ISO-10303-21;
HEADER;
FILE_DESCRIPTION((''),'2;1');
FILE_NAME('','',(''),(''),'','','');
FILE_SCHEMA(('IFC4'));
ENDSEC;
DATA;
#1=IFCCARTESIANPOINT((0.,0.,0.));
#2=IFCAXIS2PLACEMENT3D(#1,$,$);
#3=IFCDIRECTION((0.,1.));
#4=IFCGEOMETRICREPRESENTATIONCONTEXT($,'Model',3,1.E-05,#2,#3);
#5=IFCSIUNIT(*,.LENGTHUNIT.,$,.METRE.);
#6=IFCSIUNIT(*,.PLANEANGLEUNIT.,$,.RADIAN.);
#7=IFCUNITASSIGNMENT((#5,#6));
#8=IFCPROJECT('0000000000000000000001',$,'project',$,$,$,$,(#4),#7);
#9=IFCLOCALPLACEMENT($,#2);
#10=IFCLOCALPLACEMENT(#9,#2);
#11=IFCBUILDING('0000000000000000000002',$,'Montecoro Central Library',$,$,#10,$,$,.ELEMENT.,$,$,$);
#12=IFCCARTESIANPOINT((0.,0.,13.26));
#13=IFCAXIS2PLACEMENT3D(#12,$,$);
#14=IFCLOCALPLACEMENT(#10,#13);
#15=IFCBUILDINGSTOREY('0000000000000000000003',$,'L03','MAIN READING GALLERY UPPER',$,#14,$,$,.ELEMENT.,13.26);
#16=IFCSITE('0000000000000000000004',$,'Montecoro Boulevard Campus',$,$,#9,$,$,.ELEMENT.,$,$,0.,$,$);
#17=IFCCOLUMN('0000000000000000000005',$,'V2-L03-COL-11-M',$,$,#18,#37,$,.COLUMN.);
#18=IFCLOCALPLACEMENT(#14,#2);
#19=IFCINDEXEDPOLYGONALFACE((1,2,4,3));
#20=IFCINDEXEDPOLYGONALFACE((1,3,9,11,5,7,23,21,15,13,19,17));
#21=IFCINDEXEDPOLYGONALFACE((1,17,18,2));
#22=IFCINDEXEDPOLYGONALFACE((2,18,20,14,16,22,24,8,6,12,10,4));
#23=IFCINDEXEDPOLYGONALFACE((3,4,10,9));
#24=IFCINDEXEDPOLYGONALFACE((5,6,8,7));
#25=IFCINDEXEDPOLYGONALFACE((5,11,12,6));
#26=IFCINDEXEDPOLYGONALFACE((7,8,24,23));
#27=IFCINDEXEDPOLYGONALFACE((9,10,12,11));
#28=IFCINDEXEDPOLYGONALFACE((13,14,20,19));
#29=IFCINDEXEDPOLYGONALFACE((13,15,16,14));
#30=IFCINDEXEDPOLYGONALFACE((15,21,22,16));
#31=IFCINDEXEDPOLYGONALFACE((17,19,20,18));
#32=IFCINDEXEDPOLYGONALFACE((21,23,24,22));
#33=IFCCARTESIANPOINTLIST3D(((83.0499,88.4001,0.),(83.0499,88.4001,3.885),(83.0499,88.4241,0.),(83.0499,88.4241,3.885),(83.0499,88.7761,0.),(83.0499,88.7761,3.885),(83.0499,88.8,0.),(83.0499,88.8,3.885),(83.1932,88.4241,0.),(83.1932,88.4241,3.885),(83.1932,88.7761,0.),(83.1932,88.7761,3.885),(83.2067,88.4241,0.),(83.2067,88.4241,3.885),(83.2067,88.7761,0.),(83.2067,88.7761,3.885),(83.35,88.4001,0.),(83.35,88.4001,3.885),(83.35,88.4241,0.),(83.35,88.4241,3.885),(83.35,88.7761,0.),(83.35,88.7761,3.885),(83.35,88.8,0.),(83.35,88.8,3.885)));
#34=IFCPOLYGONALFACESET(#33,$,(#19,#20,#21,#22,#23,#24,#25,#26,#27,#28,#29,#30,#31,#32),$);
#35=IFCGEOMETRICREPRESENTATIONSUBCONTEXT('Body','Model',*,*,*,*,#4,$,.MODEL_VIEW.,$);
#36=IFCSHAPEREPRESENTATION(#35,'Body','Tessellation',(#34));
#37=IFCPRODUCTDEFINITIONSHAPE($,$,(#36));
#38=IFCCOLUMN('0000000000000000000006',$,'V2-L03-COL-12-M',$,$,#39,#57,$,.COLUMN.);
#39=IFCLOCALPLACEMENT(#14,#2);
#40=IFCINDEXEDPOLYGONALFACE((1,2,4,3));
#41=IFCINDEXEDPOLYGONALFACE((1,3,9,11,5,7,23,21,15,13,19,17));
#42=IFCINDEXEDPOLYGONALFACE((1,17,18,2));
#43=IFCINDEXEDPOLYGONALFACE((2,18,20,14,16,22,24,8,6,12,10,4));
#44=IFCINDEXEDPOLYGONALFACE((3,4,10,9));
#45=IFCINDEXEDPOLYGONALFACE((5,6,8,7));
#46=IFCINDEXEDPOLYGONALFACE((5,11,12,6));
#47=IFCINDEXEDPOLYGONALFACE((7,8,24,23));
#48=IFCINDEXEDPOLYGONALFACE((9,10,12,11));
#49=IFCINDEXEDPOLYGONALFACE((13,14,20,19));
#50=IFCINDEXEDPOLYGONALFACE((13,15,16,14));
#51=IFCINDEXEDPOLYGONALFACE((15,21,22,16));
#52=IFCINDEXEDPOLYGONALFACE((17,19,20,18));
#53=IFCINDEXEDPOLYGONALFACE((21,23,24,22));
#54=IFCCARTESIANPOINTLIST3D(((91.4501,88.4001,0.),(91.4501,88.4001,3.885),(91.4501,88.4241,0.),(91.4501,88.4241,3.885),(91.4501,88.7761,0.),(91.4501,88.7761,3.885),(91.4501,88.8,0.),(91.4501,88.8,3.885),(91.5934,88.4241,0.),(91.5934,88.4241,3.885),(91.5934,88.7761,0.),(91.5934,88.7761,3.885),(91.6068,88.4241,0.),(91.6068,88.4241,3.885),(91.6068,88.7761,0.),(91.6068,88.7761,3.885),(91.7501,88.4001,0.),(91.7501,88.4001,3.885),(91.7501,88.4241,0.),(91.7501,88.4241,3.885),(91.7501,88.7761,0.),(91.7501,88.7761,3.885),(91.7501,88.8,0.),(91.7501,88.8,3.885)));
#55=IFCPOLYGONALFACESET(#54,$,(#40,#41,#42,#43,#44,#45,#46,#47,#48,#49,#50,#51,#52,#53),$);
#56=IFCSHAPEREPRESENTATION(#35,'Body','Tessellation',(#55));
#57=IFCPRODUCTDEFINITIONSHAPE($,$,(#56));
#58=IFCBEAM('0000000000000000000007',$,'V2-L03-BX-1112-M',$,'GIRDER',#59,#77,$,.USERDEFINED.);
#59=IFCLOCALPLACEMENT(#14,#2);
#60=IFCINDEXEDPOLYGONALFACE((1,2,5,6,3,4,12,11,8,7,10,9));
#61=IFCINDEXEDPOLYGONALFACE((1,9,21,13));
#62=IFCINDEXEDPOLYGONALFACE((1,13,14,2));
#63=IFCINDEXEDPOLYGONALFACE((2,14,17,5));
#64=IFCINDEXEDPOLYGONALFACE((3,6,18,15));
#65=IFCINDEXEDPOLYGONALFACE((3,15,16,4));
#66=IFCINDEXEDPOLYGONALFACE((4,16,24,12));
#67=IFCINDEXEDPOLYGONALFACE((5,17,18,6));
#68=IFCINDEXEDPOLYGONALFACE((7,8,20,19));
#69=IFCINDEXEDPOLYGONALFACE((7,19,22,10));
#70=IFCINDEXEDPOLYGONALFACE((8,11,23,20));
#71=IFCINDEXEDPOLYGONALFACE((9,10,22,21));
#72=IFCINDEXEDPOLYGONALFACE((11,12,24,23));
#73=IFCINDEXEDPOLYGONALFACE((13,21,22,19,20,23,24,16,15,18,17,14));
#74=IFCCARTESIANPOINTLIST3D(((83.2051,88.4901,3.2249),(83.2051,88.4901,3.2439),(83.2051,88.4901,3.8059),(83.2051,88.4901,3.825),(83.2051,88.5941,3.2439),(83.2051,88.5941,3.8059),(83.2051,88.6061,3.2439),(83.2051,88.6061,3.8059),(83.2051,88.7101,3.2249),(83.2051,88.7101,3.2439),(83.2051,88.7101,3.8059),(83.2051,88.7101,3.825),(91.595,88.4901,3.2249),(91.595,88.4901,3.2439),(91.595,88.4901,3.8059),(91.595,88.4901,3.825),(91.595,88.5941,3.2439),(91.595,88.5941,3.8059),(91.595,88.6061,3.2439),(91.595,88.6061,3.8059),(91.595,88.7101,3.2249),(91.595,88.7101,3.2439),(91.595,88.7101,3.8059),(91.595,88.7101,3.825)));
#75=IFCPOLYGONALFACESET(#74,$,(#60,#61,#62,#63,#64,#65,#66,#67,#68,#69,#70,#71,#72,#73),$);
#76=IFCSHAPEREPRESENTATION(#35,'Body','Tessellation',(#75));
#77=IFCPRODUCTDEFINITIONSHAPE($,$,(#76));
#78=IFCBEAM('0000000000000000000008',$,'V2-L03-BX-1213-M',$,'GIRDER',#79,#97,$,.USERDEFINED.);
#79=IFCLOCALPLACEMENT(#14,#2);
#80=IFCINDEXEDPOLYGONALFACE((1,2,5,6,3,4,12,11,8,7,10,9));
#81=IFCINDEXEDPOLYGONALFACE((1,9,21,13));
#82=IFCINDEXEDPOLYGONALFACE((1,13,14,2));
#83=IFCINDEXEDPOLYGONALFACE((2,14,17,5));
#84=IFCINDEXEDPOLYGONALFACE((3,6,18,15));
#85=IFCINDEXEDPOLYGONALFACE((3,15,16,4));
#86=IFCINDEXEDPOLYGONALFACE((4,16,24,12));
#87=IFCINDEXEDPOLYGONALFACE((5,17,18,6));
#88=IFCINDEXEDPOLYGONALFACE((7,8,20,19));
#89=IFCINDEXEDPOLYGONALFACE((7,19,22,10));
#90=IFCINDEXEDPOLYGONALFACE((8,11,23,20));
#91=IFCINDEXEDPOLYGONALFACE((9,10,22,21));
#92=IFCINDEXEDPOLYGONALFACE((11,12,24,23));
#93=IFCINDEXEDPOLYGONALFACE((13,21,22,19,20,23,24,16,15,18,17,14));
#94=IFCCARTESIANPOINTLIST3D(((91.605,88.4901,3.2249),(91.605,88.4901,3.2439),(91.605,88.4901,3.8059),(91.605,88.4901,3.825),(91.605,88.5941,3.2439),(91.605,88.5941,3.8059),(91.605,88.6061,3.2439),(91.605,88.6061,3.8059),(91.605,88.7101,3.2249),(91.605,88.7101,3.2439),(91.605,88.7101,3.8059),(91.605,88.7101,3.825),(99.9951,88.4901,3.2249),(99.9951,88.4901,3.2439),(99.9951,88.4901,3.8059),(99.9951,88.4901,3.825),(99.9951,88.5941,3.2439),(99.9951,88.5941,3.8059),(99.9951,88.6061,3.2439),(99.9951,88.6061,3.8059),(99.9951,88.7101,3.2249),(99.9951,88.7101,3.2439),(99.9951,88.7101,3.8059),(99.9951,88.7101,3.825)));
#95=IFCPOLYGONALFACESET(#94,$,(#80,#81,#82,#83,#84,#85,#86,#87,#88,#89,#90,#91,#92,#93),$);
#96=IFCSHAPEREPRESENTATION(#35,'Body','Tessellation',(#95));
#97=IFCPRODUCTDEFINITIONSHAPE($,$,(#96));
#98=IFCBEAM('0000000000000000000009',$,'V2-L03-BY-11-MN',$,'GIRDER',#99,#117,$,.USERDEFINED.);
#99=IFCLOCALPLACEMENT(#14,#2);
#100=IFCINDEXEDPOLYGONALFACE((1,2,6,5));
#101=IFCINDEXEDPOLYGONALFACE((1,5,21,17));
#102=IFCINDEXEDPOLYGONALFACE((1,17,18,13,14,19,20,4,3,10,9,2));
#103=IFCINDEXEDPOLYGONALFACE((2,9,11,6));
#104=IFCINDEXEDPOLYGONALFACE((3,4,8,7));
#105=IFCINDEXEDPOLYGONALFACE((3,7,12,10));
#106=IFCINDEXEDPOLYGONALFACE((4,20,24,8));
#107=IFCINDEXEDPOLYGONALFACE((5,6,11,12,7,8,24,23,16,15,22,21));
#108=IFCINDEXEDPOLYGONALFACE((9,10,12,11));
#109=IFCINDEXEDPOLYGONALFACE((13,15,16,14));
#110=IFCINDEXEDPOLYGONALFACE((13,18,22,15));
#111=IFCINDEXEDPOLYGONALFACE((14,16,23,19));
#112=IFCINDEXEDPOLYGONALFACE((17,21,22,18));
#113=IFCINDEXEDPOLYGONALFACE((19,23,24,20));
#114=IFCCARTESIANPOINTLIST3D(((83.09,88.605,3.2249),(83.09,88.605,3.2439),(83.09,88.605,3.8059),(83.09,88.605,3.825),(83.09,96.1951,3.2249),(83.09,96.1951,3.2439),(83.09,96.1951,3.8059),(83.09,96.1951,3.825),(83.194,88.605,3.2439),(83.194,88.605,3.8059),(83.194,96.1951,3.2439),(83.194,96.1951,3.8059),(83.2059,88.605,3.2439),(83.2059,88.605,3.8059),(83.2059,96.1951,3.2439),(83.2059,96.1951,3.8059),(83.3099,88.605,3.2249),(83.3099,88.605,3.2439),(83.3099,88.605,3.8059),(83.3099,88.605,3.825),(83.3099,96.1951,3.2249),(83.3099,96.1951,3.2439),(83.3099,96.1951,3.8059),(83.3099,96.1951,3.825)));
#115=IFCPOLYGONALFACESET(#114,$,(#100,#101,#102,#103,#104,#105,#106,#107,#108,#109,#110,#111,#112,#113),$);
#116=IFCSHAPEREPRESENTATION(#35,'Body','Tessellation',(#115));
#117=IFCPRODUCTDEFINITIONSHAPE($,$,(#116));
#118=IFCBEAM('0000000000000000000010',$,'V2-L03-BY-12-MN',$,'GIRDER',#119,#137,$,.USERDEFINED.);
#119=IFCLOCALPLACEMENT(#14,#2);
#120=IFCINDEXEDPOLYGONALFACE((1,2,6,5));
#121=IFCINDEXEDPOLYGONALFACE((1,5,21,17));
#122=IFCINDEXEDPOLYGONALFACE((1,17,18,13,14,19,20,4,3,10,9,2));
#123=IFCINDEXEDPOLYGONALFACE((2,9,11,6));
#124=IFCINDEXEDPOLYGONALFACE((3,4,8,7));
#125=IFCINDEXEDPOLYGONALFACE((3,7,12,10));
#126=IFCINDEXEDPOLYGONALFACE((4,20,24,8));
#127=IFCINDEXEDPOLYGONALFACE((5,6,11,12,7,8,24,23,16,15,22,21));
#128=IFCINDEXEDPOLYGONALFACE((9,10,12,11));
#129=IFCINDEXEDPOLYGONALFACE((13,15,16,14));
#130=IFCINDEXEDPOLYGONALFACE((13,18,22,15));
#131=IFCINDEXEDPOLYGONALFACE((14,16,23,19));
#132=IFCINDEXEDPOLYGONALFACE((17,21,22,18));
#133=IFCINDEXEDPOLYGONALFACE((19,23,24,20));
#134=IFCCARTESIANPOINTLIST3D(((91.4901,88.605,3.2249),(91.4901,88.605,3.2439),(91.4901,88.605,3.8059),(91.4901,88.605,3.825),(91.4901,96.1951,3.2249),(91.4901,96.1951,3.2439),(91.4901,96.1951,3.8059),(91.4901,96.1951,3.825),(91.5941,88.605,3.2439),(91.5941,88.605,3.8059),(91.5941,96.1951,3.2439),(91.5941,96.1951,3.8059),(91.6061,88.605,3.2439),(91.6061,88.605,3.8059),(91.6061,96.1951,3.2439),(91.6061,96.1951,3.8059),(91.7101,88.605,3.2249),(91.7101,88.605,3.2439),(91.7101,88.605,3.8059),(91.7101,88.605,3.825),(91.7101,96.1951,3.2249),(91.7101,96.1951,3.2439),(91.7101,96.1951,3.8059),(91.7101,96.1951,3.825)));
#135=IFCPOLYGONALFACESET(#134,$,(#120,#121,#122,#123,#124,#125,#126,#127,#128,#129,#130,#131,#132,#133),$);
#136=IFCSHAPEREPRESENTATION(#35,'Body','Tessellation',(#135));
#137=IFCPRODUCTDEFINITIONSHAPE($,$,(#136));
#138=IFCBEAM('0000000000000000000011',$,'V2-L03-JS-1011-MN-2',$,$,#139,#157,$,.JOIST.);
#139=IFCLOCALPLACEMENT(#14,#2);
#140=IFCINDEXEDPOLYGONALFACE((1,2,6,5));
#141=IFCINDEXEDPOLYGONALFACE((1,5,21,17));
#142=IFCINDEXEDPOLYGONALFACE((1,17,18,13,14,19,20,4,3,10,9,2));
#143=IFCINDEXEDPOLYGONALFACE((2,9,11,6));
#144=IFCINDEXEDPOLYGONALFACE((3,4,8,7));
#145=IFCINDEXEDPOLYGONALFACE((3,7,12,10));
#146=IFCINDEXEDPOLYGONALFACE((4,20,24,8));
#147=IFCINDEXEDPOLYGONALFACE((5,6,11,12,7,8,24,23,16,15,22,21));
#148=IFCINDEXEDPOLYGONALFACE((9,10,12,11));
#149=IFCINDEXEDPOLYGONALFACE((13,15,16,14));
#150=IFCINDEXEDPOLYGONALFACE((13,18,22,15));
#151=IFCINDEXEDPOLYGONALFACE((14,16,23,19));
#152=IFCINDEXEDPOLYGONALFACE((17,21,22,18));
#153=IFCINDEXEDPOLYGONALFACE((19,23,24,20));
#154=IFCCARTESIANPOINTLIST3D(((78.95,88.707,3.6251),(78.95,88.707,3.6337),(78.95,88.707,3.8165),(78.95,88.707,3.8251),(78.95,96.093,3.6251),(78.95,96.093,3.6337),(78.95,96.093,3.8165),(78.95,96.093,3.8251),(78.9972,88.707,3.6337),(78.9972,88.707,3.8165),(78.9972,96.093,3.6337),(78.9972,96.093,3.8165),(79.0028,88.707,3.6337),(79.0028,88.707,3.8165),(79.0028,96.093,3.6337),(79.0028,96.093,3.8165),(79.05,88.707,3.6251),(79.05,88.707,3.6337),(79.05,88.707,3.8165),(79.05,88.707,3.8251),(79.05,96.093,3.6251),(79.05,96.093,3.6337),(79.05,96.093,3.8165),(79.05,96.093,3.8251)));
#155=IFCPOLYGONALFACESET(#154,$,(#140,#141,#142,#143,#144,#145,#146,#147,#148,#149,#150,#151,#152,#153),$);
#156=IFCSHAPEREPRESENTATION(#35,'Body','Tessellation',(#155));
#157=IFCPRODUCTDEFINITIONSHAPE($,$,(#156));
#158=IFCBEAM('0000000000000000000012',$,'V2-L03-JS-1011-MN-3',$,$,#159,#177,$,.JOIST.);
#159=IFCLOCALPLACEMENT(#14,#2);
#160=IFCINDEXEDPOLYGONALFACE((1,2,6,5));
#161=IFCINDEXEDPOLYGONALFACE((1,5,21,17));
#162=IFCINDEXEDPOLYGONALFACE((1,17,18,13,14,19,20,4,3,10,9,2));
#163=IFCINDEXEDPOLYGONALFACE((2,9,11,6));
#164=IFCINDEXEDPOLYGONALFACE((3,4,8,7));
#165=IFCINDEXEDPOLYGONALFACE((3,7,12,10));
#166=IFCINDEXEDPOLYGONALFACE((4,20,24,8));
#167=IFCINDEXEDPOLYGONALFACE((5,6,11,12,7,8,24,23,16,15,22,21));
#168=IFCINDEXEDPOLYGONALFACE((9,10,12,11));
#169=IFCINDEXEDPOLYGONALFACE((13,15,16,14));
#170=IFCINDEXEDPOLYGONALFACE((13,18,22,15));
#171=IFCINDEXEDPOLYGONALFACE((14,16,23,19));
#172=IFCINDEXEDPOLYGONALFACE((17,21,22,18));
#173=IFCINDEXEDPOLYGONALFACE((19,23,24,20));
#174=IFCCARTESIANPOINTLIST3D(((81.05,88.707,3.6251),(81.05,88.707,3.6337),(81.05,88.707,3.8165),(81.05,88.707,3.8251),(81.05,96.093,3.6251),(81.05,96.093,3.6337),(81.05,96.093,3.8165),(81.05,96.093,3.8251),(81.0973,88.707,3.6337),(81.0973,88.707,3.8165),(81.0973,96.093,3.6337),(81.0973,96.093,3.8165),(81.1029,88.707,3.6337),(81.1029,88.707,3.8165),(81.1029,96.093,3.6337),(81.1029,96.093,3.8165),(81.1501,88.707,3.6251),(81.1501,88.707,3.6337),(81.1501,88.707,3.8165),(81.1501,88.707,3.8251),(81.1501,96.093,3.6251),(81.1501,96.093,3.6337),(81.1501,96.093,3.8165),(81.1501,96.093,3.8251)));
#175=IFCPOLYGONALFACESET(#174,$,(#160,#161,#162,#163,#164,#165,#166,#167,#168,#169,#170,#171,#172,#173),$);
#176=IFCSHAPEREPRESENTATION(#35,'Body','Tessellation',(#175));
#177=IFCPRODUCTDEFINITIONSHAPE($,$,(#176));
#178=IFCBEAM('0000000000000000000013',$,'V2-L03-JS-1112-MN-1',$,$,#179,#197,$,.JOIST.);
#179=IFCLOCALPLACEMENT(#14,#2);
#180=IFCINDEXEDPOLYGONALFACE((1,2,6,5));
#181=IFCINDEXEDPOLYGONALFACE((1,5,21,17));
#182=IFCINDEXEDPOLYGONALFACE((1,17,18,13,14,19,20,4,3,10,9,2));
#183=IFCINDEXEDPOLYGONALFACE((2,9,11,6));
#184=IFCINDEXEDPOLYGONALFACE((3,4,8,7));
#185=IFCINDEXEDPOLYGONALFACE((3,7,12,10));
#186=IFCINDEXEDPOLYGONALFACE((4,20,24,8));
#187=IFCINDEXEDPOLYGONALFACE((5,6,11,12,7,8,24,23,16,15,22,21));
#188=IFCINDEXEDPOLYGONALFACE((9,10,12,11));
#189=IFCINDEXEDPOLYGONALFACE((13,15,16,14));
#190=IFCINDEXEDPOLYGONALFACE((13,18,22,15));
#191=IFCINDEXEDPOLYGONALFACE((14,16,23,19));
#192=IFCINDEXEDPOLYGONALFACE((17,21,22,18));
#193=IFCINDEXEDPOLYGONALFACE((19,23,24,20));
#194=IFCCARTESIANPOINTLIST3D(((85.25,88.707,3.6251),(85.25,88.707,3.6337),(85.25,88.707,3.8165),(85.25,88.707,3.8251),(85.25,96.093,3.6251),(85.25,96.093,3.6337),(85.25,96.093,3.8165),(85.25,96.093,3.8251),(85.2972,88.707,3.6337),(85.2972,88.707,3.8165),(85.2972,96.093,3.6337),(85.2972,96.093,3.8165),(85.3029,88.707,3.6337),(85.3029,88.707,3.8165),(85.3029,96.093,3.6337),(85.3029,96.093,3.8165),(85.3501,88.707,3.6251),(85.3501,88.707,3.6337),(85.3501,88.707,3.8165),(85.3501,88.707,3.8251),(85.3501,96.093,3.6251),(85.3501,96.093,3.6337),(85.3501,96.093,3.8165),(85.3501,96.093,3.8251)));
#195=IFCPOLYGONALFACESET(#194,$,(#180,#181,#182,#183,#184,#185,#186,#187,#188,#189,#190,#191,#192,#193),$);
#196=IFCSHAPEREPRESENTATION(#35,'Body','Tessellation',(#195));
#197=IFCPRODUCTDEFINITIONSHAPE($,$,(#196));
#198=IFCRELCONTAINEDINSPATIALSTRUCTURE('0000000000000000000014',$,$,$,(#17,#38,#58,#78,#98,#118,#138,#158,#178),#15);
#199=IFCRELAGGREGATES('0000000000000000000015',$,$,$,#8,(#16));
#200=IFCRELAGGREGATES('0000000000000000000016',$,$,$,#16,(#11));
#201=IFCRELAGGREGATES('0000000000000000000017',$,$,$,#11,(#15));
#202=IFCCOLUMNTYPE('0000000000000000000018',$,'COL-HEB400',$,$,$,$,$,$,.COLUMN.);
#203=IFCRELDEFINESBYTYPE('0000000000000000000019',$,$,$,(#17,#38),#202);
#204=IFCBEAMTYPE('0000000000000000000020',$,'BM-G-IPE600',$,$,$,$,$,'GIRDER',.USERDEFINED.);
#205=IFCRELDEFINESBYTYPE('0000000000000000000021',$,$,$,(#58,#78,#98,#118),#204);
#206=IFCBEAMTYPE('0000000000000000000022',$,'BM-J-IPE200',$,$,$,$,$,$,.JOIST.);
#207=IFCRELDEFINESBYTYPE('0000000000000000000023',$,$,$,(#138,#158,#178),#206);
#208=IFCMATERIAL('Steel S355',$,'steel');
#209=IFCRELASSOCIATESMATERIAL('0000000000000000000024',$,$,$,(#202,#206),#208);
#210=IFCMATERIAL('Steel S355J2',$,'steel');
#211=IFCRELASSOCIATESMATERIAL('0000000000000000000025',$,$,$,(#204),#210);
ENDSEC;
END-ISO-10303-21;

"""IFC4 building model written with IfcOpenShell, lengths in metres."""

from ifc_helpers import new_model, si_unit, direction, frame, origin, origin_2d, place, context, subcontext, project, spatial, i_section, extrude, material, material_profile, profile_set, type_object, element, save


model = new_model("IFC4")

# Units and contexts
model_context = context("Model", 3, precision=1e-05, world=origin(), true_north=direction((0.0, 1.0)))
body_context = subcontext(model_context, "Body", "Model", "MODEL_VIEW")
ifc_project = project(units=[si_unit("LENGTHUNIT", "METRE"), si_unit("PLANEANGLEUNIT", "RADIAN")], contexts=[model_context])

# Site, building, storey
site_placement = place(None, origin())
site = spatial("IfcSite", under=ifc_project, at=site_placement, Name="Montecoro Boulevard Campus", CompositionType="ELEMENT", RefElevation=0.0)
building_placement = place(site_placement, origin())
building = spatial("IfcBuilding", under=site, at=building_placement, Name="Montecoro Central Library", CompositionType="ELEMENT")
storey_placement = place(building_placement, frame((0.0, 0.0, 13.26)))
storey = spatial("IfcBuildingStorey", under=building, at=storey_placement, Name="L03", Description="MAIN READING GALLERY UPPER", CompositionType="ELEMENT", Elevation=13.26)

# Columns
ifc_material_1 = material(Name="Steel S355", Category="steel")
ifc_material_profile_1 = material_profile(ifc_material_1, i_section(OverallWidth=0.3, OverallDepth=0.3999, WebThickness=0.0134, FlangeThickness=0.0239, at=origin_2d()), Name="HEB 400")
ifc_profile_set_1 = profile_set([ifc_material_profile_1], Name="Steel S355")
column_type = type_object("IfcColumnType", Name="COL-HEB400", PredefinedType="COLUMN", material=ifc_profile_set_1)
for number, where, z_axis, x_axis, name in (
    (1, (83.2, 88.6001, 0.0), (0.0, 0.0, 1.0), (1.0, 0.0, 0.0), "V2-L03-COL-11-M"),
    (2, (91.6001, 88.6001, 0.0), (0.0, 0.0, 1.0), (1.0, 0.0, 0.0), "V2-L03-COL-12-M"),
):
    element("IfcColumn", number, at=place(storey_placement, frame(where, z_axis=z_axis, x_axis=x_axis)), inside=storey, type_object=column_type, Name=name, PredefinedType="COLUMN", context=body_context, shape_type="SweptSolid", body=[
        extrude(i_section(OverallWidth=0.3, OverallDepth=0.3999, WebThickness=0.0134, FlangeThickness=0.0239, at=origin_2d()), origin(), (0.0, 0.0, 1.0), 3.885),
    ])

# Beams
ifc_material_2 = material(Name="Steel S355J2", Category="steel")
ifc_material_profile_2 = material_profile(ifc_material_2, i_section(OverallWidth=0.22, OverallDepth=0.6001, WebThickness=0.012, FlangeThickness=0.019, at=origin_2d()), Name="IPE 600")
ifc_profile_set_2 = profile_set([ifc_material_profile_2], Name="Steel S355J2")
beam_type_1 = type_object("IfcBeamType", Name="BM-G-IPE600", ElementType="GIRDER", PredefinedType="USERDEFINED", material=ifc_profile_set_2)
beam_1_placement = place(storey_placement, frame((83.2051, 88.6001, 3.5249), z_axis=(1.0, 0.0, 0.0), x_axis=(0.0, 1.0, 0.0)))
element("IfcBeam", 3, at=beam_1_placement, inside=storey, type_object=beam_type_1, Name="V2-L03-BX-1112-M", ObjectType="GIRDER", PredefinedType="USERDEFINED", context=body_context, shape_type="SweptSolid", body=[
    extrude(i_section(OverallWidth=0.22, OverallDepth=0.6001, WebThickness=0.012, FlangeThickness=0.019, at=origin_2d()), origin(), (0.0, 0.0, 1.0), 8.3899),
])
beam_2_placement = place(storey_placement, frame((91.605, 88.6001, 3.5249), z_axis=(1.0, 0.0, 0.0), x_axis=(0.0, 1.0, 0.0)))
element("IfcBeam", 4, at=beam_2_placement, inside=storey, type_object=beam_type_1, Name="V2-L03-BX-1213-M", ObjectType="GIRDER", PredefinedType="USERDEFINED", context=body_context, shape_type="SweptSolid", body=[
    extrude(i_section(OverallWidth=0.22, OverallDepth=0.6001, WebThickness=0.012, FlangeThickness=0.019, at=origin_2d()), origin(), (0.0, 0.0, 1.0), 8.3901),
])
for number, where, z_axis, x_axis, name in (
    (5, (83.2, 88.605, 3.5249), (0.0, 1.0, 0.0), (-1.0, 0.0, 0.0), "V2-L03-BY-11-MN"),
    (6, (91.6001, 88.605, 3.5249), (0.0, 1.0, 0.0), (-1.0, 0.0, 0.0), "V2-L03-BY-12-MN"),
):
    element("IfcBeam", number, at=place(storey_placement, frame(where, z_axis=z_axis, x_axis=x_axis)), inside=storey, type_object=beam_type_1, Name=name, ObjectType="GIRDER", PredefinedType="USERDEFINED", context=body_context, shape_type="SweptSolid", body=[
        extrude(i_section(OverallWidth=0.22, OverallDepth=0.6001, WebThickness=0.012, FlangeThickness=0.019, at=origin_2d()), origin(), (0.0, 0.0, 1.0), 7.5901),
    ])
ifc_material_profile_3 = material_profile(ifc_material_1, i_section(OverallWidth=0.1001, OverallDepth=0.2, WebThickness=0.0056, FlangeThickness=0.0085, at=origin_2d()), Name="IPE 200")
ifc_profile_set_3 = profile_set([ifc_material_profile_3], Name="Steel S355")
beam_type_2 = type_object("IfcBeamType", Name="BM-J-IPE200", PredefinedType="JOIST", material=ifc_profile_set_3)
for number, where, z_axis, x_axis, name in (
    (7, (79.0, 88.707, 3.7251), (0.0, 1.0, 0.0), (-1.0, 0.0, 0.0), "V2-L03-JS-1011-MN-2"),
    (8, (81.1001, 88.707, 3.7251), (0.0, 1.0, 0.0), (-1.0, 0.0, 0.0), "V2-L03-JS-1011-MN-3"),
    (9, (85.3, 88.707, 3.7251), (0.0, 1.0, 0.0), (-1.0, 0.0, 0.0), "V2-L03-JS-1112-MN-1"),
):
    element("IfcBeam", number, at=place(storey_placement, frame(where, z_axis=z_axis, x_axis=x_axis)), inside=storey, type_object=beam_type_2, Name=name, PredefinedType="JOIST", context=body_context, shape_type="SweptSolid", body=[
        extrude(i_section(OverallWidth=0.1001, OverallDepth=0.2, WebThickness=0.0056, FlangeThickness=0.0085, at=origin_2d()), origin(), (0.0, 0.0, 1.0), 7.386),
    ])

save(model, "model.ifc")
